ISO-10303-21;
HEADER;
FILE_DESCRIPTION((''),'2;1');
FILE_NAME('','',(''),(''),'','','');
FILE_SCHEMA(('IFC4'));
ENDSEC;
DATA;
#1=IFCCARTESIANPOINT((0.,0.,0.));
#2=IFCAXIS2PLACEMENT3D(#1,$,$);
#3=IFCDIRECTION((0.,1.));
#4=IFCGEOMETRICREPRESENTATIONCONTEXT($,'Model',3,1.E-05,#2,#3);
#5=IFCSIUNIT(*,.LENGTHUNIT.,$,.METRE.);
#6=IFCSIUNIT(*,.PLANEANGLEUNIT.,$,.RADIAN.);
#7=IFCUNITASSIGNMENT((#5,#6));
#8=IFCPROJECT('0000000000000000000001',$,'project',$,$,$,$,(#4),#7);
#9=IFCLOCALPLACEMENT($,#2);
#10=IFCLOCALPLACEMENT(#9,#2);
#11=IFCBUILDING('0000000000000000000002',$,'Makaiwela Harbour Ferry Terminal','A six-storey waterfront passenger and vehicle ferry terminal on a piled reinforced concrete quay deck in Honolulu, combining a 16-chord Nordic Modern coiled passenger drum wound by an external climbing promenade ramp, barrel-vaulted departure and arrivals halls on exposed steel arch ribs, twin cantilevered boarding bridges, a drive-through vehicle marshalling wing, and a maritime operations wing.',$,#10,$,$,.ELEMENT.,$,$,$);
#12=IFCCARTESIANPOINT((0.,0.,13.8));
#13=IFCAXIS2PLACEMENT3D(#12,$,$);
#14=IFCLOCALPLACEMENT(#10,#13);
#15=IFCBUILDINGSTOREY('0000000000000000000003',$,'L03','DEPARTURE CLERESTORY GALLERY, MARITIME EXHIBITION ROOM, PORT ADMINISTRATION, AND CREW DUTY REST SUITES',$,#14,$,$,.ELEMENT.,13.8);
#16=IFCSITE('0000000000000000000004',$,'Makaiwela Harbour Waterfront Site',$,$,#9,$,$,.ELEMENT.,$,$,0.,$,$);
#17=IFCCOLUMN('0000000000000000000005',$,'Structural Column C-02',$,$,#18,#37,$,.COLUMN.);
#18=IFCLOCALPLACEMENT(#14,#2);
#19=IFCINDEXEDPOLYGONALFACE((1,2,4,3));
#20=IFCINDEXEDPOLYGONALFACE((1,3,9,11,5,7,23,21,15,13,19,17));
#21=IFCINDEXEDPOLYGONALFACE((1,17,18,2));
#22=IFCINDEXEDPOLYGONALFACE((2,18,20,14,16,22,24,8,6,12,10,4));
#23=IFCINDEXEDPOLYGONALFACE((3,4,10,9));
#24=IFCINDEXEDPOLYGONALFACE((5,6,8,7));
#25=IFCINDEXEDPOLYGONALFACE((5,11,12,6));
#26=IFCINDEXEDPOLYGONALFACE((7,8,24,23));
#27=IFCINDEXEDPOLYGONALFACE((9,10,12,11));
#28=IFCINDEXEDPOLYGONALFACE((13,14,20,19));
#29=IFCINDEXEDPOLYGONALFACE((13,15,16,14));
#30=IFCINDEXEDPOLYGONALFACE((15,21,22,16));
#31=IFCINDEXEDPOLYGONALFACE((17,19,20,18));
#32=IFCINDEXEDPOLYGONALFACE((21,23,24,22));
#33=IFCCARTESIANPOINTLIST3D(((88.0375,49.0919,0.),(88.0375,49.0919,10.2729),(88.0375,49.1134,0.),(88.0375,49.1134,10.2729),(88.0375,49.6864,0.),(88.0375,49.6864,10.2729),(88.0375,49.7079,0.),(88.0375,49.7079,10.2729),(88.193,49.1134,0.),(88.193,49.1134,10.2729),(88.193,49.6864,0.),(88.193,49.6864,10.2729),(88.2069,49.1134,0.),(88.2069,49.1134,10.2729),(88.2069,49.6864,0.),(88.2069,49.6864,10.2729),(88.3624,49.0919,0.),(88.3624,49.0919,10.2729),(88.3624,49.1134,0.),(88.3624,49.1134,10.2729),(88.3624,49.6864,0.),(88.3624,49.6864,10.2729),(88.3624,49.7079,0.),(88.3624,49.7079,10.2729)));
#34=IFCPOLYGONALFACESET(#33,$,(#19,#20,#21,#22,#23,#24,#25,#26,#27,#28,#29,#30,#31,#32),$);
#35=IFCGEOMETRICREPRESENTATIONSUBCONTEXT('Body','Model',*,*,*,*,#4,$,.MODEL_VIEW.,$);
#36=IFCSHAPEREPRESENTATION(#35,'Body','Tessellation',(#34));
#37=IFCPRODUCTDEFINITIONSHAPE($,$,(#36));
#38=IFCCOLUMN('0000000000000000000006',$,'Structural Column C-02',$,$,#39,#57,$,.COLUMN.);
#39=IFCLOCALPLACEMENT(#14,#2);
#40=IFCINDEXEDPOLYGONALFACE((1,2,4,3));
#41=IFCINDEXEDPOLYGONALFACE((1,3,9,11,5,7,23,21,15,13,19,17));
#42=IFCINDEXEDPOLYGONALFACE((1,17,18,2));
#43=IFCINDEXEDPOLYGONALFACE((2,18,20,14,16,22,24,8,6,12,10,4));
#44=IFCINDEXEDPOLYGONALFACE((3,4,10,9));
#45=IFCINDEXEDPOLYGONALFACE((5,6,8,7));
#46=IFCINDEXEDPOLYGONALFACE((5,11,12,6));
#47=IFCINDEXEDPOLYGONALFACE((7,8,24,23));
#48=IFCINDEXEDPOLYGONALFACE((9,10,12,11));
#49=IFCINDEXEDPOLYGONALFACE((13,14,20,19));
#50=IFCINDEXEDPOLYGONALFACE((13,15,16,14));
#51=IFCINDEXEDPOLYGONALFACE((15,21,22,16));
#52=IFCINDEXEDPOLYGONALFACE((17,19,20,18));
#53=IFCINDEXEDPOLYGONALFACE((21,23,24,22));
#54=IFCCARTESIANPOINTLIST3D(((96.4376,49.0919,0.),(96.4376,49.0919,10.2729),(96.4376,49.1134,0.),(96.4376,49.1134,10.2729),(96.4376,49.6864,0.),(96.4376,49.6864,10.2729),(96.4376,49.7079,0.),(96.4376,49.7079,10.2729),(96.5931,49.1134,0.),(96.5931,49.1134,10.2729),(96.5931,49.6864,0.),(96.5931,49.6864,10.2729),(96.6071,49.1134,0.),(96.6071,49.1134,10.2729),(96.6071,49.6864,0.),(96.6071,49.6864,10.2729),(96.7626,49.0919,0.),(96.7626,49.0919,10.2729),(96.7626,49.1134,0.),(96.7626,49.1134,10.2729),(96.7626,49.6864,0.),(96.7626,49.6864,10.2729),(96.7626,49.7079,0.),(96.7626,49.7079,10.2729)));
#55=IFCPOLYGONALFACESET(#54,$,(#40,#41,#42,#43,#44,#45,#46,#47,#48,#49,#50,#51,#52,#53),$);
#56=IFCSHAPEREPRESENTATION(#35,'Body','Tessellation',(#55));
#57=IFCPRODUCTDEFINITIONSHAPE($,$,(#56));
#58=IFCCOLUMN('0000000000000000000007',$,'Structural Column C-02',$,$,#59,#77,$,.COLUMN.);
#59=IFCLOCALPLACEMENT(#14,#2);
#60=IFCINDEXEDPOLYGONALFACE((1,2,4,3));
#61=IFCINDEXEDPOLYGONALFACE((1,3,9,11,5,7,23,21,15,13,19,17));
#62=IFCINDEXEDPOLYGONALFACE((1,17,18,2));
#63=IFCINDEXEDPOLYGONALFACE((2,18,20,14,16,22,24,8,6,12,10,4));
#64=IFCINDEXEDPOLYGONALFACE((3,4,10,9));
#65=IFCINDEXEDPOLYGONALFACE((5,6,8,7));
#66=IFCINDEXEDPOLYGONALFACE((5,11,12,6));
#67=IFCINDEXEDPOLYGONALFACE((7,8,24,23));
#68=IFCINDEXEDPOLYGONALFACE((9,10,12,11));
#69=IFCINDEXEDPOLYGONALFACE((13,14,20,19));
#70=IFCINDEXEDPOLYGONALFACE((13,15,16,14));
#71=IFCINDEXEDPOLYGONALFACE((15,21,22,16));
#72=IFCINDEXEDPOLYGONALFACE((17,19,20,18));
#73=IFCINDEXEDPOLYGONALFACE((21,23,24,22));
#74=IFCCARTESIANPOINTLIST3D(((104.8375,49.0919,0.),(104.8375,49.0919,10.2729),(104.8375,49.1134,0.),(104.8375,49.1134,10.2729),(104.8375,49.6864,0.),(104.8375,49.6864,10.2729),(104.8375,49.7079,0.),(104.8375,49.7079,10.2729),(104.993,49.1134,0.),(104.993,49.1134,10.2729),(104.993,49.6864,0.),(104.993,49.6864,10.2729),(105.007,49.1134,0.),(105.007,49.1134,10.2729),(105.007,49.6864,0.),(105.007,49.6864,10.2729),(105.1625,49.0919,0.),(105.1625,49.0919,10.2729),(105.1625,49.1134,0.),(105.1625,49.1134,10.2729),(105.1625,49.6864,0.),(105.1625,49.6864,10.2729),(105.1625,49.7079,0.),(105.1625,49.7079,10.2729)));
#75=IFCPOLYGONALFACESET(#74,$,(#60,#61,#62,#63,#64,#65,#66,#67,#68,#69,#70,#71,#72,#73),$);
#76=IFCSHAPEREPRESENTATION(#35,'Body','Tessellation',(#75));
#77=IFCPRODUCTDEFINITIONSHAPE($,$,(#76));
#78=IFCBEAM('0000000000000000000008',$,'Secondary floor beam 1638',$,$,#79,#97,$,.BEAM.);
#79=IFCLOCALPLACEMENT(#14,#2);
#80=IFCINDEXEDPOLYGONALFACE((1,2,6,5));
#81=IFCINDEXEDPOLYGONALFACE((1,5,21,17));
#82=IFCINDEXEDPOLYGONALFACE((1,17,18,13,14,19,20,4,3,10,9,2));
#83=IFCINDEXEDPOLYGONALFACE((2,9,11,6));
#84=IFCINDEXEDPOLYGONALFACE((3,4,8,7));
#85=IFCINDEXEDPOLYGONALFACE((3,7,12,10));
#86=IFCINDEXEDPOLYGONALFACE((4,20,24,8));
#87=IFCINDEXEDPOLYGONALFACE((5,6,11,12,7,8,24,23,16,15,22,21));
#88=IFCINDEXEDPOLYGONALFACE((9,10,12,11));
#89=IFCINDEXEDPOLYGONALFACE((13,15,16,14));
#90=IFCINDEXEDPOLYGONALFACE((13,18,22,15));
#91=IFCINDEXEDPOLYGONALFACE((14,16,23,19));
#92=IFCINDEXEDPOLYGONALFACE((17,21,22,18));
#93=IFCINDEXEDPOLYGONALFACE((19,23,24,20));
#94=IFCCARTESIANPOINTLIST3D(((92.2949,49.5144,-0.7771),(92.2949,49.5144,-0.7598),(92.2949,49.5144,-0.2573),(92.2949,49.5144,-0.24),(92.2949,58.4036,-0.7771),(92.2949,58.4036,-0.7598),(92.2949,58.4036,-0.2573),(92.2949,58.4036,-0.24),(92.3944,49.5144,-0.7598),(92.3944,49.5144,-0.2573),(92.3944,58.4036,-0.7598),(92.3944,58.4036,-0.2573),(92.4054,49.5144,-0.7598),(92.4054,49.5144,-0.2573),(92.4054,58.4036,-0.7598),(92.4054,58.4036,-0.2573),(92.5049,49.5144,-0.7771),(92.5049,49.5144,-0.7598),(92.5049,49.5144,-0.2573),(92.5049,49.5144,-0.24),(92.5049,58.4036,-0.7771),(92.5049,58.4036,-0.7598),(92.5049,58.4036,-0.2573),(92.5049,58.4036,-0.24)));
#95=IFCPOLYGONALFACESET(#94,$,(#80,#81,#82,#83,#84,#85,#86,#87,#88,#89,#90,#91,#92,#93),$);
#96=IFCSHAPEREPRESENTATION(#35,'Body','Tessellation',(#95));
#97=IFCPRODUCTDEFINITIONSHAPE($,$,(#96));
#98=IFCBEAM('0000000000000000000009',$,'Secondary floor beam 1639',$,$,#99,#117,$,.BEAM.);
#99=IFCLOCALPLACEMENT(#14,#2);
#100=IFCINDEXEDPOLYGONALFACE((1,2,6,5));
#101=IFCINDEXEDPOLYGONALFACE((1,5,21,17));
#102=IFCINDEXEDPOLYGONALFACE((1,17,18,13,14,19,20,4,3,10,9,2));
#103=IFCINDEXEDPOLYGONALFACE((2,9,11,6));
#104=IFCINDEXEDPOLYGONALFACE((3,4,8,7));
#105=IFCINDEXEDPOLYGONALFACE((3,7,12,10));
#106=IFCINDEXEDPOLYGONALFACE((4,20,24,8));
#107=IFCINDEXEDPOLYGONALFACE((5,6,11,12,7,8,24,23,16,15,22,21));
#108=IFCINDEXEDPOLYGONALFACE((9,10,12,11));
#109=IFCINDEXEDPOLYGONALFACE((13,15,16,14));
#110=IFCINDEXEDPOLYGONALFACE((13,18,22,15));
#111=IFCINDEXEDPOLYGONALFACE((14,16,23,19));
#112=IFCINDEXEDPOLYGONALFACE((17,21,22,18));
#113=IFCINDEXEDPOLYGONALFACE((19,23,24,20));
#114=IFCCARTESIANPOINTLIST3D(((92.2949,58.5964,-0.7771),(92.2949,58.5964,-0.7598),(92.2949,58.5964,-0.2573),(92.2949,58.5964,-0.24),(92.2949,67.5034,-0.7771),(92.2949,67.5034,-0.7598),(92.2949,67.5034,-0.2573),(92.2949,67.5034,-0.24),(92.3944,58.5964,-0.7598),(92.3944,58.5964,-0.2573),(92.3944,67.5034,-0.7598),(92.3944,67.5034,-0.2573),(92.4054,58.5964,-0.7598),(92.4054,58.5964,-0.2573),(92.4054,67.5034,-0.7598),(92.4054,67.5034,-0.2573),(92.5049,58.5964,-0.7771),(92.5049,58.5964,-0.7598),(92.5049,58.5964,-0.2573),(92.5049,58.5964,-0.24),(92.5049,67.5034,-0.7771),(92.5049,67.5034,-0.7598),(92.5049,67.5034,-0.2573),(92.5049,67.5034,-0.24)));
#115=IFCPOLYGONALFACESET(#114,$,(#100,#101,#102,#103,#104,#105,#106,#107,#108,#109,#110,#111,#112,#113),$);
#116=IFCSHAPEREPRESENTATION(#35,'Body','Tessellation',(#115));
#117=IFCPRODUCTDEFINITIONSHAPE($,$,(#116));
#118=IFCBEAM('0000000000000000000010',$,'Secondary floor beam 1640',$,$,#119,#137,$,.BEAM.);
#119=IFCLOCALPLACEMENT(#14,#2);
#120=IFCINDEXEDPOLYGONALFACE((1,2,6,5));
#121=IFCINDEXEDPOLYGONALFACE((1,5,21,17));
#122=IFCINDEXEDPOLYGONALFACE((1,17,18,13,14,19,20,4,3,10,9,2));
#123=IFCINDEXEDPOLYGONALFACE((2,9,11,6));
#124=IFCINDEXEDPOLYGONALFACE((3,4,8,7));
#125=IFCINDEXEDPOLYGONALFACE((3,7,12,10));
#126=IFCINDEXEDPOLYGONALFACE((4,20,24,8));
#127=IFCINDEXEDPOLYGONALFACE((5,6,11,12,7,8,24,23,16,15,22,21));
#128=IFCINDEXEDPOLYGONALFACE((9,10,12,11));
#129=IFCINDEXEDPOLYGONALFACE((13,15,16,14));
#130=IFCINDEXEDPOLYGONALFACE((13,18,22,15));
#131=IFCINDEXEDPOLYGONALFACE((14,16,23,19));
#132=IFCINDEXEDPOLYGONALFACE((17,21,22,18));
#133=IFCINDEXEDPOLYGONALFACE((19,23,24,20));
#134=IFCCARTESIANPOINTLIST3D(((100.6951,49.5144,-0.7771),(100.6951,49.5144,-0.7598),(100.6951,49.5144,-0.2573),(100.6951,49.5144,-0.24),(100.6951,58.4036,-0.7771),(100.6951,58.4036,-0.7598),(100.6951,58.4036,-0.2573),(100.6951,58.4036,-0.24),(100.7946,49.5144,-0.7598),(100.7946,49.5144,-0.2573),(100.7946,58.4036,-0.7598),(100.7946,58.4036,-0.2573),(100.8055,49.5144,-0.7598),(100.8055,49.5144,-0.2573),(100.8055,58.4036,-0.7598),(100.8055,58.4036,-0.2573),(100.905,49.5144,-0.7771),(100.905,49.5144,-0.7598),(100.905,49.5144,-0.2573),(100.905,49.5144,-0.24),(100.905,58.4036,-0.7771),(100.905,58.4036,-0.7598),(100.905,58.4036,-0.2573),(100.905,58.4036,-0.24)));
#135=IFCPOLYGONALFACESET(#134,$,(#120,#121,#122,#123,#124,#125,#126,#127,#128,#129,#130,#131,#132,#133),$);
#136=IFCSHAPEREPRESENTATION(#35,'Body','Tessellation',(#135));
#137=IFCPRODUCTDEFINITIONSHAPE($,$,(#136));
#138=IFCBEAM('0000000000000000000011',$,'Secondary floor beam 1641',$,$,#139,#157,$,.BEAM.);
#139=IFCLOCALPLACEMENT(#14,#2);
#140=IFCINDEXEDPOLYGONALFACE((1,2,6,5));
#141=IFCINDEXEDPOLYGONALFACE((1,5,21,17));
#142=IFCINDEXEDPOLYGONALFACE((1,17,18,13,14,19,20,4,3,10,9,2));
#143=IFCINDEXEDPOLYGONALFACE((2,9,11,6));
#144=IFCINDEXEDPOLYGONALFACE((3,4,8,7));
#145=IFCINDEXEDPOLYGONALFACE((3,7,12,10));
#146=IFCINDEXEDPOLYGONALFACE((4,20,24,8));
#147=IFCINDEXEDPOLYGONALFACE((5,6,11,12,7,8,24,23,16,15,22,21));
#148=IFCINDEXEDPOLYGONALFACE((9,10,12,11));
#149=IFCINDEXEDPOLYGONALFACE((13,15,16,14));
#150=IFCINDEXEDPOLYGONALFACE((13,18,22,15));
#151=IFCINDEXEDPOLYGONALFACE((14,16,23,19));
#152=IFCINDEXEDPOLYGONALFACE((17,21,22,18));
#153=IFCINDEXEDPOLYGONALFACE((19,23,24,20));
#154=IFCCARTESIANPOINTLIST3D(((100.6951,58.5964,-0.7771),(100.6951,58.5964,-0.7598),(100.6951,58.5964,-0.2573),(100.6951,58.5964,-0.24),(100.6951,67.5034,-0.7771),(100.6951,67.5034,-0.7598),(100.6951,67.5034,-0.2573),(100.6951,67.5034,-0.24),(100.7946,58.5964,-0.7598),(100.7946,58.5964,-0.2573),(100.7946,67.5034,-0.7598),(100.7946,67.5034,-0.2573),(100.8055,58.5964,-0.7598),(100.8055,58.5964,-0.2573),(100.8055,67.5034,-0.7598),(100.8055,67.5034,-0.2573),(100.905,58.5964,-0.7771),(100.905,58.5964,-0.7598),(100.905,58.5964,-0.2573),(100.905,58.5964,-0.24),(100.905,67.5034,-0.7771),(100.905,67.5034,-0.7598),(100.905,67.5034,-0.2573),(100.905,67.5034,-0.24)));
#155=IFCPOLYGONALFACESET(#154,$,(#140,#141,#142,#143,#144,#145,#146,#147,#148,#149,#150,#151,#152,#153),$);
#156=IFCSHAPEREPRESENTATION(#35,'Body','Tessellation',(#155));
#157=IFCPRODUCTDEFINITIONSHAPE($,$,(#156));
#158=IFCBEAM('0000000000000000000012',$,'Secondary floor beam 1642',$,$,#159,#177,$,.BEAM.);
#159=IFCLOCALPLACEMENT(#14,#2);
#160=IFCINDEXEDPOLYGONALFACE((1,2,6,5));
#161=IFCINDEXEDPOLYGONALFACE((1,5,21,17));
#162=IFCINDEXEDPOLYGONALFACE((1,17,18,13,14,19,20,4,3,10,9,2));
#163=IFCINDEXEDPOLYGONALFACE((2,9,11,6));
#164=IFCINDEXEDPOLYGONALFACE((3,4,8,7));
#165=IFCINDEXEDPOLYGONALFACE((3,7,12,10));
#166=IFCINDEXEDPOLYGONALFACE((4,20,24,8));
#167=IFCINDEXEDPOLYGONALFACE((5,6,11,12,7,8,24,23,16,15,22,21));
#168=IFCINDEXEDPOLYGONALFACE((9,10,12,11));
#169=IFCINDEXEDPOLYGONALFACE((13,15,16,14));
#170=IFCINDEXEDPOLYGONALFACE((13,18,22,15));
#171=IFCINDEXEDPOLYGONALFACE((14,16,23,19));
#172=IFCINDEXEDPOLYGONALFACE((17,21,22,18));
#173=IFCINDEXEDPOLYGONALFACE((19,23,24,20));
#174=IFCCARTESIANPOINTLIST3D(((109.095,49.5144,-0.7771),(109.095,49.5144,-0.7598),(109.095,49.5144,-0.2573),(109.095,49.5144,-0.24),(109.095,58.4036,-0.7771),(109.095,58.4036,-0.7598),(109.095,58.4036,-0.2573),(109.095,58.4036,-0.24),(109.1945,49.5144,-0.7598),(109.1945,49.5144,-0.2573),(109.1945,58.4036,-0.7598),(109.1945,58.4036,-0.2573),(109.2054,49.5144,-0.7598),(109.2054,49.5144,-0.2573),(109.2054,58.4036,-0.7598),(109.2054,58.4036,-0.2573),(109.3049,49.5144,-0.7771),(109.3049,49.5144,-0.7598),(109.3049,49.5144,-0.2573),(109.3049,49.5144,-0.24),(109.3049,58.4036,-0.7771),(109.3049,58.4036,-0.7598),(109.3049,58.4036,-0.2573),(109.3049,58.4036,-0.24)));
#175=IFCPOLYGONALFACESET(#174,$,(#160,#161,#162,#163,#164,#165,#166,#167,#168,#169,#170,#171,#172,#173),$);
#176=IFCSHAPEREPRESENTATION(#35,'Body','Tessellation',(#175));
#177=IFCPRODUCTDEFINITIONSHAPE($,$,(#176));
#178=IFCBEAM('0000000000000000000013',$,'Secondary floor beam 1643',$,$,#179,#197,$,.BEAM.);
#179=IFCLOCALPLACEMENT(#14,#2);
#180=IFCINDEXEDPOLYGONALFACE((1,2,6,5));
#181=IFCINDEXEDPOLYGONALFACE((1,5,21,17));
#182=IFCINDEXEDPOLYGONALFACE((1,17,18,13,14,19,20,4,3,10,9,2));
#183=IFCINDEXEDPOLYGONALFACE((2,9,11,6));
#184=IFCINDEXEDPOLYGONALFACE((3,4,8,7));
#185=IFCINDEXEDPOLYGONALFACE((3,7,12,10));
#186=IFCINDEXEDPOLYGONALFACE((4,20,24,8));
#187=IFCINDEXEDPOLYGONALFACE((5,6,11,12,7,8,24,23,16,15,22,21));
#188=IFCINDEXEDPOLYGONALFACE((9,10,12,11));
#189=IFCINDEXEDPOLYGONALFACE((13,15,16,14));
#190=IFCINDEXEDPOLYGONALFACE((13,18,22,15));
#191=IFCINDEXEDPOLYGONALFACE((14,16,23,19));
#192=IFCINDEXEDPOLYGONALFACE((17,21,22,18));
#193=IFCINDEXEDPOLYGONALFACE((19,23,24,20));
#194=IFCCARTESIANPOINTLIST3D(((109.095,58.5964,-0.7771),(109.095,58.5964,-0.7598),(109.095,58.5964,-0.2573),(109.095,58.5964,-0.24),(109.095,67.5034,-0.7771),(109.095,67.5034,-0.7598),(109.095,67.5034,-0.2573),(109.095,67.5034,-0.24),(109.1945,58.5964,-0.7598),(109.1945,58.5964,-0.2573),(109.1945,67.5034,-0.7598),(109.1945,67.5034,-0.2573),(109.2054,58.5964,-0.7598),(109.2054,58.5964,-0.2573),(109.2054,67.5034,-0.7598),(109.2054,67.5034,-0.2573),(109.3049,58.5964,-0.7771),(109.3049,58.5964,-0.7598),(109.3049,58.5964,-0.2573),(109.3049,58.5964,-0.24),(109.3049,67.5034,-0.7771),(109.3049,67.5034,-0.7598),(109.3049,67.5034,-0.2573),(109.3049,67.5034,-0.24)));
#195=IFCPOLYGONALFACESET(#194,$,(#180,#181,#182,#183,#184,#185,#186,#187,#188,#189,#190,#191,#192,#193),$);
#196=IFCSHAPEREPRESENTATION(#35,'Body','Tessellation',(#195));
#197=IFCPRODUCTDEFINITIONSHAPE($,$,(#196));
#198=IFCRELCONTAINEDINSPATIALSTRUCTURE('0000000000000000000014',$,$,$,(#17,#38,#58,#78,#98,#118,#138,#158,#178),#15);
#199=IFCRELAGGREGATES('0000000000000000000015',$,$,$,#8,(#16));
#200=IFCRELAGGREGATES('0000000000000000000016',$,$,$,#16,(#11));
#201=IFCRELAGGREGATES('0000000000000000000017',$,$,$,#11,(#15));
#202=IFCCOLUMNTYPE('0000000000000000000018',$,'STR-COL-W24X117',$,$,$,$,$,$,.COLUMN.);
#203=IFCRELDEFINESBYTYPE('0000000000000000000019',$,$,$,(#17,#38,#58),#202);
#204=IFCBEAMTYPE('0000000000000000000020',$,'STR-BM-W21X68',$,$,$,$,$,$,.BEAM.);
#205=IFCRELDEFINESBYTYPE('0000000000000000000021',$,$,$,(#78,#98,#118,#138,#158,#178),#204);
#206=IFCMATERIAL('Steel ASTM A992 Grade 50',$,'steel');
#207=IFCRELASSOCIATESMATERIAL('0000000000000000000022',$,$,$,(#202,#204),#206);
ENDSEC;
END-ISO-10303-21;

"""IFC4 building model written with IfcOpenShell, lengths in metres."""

from ifc_helpers import new_model, si_unit, direction, frame, origin, origin_2d, place, context, subcontext, project, spatial, i_section, extrude, material, material_profile, profile_set, type_object, element, save


model = new_model("IFC4")

# Units and contexts
model_context = context("Model", 3, precision=1e-05, world=origin(), true_north=direction((0.0, 1.0)))
body_context = subcontext(model_context, "Body", "Model", "MODEL_VIEW")
ifc_project = project(units=[si_unit("LENGTHUNIT", "METRE"), si_unit("PLANEANGLEUNIT", "RADIAN")], contexts=[model_context])

# Site, building, storey
site_placement = place(None, origin())
site = spatial("IfcSite", under=ifc_project, at=site_placement, Name="Makaiwela Harbour Waterfront Site", CompositionType="ELEMENT", RefElevation=0.0)
building_placement = place(site_placement, origin())
building = spatial("IfcBuilding", under=site, at=building_placement, Name="Makaiwela Harbour Ferry Terminal", Description="A six-storey waterfront passenger and vehicle ferry terminal on a piled reinforced concrete quay deck in Honolulu, combining a 16-chord Nordic Modern coiled passenger drum wound by an external climbing promenade ramp, barrel-vaulted departure and arrivals halls on exposed steel arch ribs, twin cantilevered boarding bridges, a drive-through vehicle marshalling wing, and a maritime operations wing.", CompositionType="ELEMENT")
storey_placement = place(building_placement, frame((0.0, 0.0, 13.8)))
storey = spatial("IfcBuildingStorey", under=building, at=storey_placement, Name="L03", Description="DEPARTURE CLERESTORY GALLERY, MARITIME EXHIBITION ROOM, PORT ADMINISTRATION, AND CREW DUTY REST SUITES", CompositionType="ELEMENT", Elevation=13.8)

# Columns
ifc_material_1 = material(Name="Steel ASTM A992 Grade 50", Category="steel")
ifc_material_profile_1 = material_profile(ifc_material_1, i_section(OverallWidth=0.325, OverallDepth=0.616, WebThickness=0.0139, FlangeThickness=0.0215, at=origin_2d()), Name="W24X117")
ifc_profile_set_1 = profile_set([ifc_material_profile_1], Name="Steel ASTM A992 Grade 50")
column_type = type_object("IfcColumnType", Name="STR-COL-W24X117", PredefinedType="COLUMN", material=ifc_profile_set_1)
for number, where, z_axis, x_axis, name in (
    (1, (88.2, 49.3999, 0.0), (0.0, 0.0, 1.0), (1.0, 0.0, 0.0), "Structural Column C-02"),
    (2, (96.6001, 49.3999, 0.0), (0.0, 0.0, 1.0), (1.0, 0.0, 0.0), "Structural Column C-02"),
    (3, (105.0, 49.3999, 0.0), (0.0, 0.0, 1.0), (1.0, 0.0, 0.0), "Structural Column C-02"),
):
    element("IfcColumn", number, at=place(storey_placement, frame(where, z_axis=z_axis, x_axis=x_axis)), inside=storey, type_object=column_type, Name=name, PredefinedType="COLUMN", context=body_context, shape_type="SweptSolid", body=[
        extrude(i_section(OverallWidth=0.325, OverallDepth=0.616, WebThickness=0.0139, FlangeThickness=0.0215, at=origin_2d()), origin(), (0.0, 0.0, 1.0), 10.2729),
    ])

# Beams
ifc_material_profile_2 = material_profile(ifc_material_1, i_section(OverallWidth=0.21, OverallDepth=0.5371, WebThickness=0.011, FlangeThickness=0.0173, at=origin_2d()), Name="W21X68")
ifc_profile_set_2 = profile_set([ifc_material_profile_2], Name="Steel ASTM A992 Grade 50")
beam_type_1 = type_object("IfcBeamType", Name="STR-BM-W21X68", PredefinedType="BEAM", material=ifc_profile_set_2)
beam_1_placement = place(storey_placement, frame((92.3999, 49.5144, -0.5085), z_axis=(0.0, 1.0, 0.0), x_axis=(-1.0, 0.0, 0.0)))
element("IfcBeam", 4, at=beam_1_placement, inside=storey, type_object=beam_type_1, Name="Secondary floor beam 1638", PredefinedType="BEAM", context=body_context, shape_type="SweptSolid", body=[
    extrude(i_section(OverallWidth=0.21, OverallDepth=0.5371, WebThickness=0.011, FlangeThickness=0.0173, at=origin_2d()), origin(), (0.0, 0.0, 1.0), 8.8892),
])
beam_2_placement = place(storey_placement, frame((92.3999, 58.5964, -0.5085), z_axis=(0.0, 1.0, 0.0), x_axis=(-1.0, 0.0, 0.0)))
element("IfcBeam", 5, at=beam_2_placement, inside=storey, type_object=beam_type_1, Name="Secondary floor beam 1639", PredefinedType="BEAM", context=body_context, shape_type="SweptSolid", body=[
    extrude(i_section(OverallWidth=0.21, OverallDepth=0.5371, WebThickness=0.011, FlangeThickness=0.0173, at=origin_2d()), origin(), (0.0, 0.0, 1.0), 8.907),
])
beam_3_placement = place(storey_placement, frame((100.8, 49.5144, -0.5085), z_axis=(0.0, 1.0, 0.0), x_axis=(-1.0, 0.0, 0.0)))
element("IfcBeam", 6, at=beam_3_placement, inside=storey, type_object=beam_type_1, Name="Secondary floor beam 1640", PredefinedType="BEAM", context=body_context, shape_type="SweptSolid", body=[
    extrude(i_section(OverallWidth=0.21, OverallDepth=0.5371, WebThickness=0.011, FlangeThickness=0.0173, at=origin_2d()), origin(), (0.0, 0.0, 1.0), 8.8892),
])
beam_4_placement = place(storey_placement, frame((100.8, 58.5964, -0.5085), z_axis=(0.0, 1.0, 0.0), x_axis=(-1.0, 0.0, 0.0)))
element("IfcBeam", 7, at=beam_4_placement, inside=storey, type_object=beam_type_1, Name="Secondary floor beam 1641", PredefinedType="BEAM", context=body_context, shape_type="SweptSolid", body=[
    extrude(i_section(OverallWidth=0.21, OverallDepth=0.5371, WebThickness=0.011, FlangeThickness=0.0173, at=origin_2d()), origin(), (0.0, 0.0, 1.0), 8.907),
])
beam_5_placement = place(storey_placement, frame((109.2, 49.5144, -0.5085), z_axis=(0.0, 1.0, 0.0), x_axis=(-1.0, 0.0, 0.0)))
element("IfcBeam", 8, at=beam_5_placement, inside=storey, type_object=beam_type_1, Name="Secondary floor beam 1642", PredefinedType="BEAM", context=body_context, shape_type="SweptSolid", body=[
    extrude(i_section(OverallWidth=0.21, OverallDepth=0.5371, WebThickness=0.011, FlangeThickness=0.0173, at=origin_2d()), origin(), (0.0, 0.0, 1.0), 8.8892),
])
beam_6_placement = place(storey_placement, frame((109.2, 58.5964, -0.5085), z_axis=(0.0, 1.0, 0.0), x_axis=(-1.0, 0.0, 0.0)))
element("IfcBeam", 9, at=beam_6_placement, inside=storey, type_object=beam_type_1, Name="Secondary floor beam 1643", PredefinedType="BEAM", context=body_context, shape_type="SweptSolid", body=[
    extrude(i_section(OverallWidth=0.21, OverallDepth=0.5371, WebThickness=0.011, FlangeThickness=0.0173, at=origin_2d()), origin(), (0.0, 0.0, 1.0), 8.907),
])

save(model, "model.ifc")
